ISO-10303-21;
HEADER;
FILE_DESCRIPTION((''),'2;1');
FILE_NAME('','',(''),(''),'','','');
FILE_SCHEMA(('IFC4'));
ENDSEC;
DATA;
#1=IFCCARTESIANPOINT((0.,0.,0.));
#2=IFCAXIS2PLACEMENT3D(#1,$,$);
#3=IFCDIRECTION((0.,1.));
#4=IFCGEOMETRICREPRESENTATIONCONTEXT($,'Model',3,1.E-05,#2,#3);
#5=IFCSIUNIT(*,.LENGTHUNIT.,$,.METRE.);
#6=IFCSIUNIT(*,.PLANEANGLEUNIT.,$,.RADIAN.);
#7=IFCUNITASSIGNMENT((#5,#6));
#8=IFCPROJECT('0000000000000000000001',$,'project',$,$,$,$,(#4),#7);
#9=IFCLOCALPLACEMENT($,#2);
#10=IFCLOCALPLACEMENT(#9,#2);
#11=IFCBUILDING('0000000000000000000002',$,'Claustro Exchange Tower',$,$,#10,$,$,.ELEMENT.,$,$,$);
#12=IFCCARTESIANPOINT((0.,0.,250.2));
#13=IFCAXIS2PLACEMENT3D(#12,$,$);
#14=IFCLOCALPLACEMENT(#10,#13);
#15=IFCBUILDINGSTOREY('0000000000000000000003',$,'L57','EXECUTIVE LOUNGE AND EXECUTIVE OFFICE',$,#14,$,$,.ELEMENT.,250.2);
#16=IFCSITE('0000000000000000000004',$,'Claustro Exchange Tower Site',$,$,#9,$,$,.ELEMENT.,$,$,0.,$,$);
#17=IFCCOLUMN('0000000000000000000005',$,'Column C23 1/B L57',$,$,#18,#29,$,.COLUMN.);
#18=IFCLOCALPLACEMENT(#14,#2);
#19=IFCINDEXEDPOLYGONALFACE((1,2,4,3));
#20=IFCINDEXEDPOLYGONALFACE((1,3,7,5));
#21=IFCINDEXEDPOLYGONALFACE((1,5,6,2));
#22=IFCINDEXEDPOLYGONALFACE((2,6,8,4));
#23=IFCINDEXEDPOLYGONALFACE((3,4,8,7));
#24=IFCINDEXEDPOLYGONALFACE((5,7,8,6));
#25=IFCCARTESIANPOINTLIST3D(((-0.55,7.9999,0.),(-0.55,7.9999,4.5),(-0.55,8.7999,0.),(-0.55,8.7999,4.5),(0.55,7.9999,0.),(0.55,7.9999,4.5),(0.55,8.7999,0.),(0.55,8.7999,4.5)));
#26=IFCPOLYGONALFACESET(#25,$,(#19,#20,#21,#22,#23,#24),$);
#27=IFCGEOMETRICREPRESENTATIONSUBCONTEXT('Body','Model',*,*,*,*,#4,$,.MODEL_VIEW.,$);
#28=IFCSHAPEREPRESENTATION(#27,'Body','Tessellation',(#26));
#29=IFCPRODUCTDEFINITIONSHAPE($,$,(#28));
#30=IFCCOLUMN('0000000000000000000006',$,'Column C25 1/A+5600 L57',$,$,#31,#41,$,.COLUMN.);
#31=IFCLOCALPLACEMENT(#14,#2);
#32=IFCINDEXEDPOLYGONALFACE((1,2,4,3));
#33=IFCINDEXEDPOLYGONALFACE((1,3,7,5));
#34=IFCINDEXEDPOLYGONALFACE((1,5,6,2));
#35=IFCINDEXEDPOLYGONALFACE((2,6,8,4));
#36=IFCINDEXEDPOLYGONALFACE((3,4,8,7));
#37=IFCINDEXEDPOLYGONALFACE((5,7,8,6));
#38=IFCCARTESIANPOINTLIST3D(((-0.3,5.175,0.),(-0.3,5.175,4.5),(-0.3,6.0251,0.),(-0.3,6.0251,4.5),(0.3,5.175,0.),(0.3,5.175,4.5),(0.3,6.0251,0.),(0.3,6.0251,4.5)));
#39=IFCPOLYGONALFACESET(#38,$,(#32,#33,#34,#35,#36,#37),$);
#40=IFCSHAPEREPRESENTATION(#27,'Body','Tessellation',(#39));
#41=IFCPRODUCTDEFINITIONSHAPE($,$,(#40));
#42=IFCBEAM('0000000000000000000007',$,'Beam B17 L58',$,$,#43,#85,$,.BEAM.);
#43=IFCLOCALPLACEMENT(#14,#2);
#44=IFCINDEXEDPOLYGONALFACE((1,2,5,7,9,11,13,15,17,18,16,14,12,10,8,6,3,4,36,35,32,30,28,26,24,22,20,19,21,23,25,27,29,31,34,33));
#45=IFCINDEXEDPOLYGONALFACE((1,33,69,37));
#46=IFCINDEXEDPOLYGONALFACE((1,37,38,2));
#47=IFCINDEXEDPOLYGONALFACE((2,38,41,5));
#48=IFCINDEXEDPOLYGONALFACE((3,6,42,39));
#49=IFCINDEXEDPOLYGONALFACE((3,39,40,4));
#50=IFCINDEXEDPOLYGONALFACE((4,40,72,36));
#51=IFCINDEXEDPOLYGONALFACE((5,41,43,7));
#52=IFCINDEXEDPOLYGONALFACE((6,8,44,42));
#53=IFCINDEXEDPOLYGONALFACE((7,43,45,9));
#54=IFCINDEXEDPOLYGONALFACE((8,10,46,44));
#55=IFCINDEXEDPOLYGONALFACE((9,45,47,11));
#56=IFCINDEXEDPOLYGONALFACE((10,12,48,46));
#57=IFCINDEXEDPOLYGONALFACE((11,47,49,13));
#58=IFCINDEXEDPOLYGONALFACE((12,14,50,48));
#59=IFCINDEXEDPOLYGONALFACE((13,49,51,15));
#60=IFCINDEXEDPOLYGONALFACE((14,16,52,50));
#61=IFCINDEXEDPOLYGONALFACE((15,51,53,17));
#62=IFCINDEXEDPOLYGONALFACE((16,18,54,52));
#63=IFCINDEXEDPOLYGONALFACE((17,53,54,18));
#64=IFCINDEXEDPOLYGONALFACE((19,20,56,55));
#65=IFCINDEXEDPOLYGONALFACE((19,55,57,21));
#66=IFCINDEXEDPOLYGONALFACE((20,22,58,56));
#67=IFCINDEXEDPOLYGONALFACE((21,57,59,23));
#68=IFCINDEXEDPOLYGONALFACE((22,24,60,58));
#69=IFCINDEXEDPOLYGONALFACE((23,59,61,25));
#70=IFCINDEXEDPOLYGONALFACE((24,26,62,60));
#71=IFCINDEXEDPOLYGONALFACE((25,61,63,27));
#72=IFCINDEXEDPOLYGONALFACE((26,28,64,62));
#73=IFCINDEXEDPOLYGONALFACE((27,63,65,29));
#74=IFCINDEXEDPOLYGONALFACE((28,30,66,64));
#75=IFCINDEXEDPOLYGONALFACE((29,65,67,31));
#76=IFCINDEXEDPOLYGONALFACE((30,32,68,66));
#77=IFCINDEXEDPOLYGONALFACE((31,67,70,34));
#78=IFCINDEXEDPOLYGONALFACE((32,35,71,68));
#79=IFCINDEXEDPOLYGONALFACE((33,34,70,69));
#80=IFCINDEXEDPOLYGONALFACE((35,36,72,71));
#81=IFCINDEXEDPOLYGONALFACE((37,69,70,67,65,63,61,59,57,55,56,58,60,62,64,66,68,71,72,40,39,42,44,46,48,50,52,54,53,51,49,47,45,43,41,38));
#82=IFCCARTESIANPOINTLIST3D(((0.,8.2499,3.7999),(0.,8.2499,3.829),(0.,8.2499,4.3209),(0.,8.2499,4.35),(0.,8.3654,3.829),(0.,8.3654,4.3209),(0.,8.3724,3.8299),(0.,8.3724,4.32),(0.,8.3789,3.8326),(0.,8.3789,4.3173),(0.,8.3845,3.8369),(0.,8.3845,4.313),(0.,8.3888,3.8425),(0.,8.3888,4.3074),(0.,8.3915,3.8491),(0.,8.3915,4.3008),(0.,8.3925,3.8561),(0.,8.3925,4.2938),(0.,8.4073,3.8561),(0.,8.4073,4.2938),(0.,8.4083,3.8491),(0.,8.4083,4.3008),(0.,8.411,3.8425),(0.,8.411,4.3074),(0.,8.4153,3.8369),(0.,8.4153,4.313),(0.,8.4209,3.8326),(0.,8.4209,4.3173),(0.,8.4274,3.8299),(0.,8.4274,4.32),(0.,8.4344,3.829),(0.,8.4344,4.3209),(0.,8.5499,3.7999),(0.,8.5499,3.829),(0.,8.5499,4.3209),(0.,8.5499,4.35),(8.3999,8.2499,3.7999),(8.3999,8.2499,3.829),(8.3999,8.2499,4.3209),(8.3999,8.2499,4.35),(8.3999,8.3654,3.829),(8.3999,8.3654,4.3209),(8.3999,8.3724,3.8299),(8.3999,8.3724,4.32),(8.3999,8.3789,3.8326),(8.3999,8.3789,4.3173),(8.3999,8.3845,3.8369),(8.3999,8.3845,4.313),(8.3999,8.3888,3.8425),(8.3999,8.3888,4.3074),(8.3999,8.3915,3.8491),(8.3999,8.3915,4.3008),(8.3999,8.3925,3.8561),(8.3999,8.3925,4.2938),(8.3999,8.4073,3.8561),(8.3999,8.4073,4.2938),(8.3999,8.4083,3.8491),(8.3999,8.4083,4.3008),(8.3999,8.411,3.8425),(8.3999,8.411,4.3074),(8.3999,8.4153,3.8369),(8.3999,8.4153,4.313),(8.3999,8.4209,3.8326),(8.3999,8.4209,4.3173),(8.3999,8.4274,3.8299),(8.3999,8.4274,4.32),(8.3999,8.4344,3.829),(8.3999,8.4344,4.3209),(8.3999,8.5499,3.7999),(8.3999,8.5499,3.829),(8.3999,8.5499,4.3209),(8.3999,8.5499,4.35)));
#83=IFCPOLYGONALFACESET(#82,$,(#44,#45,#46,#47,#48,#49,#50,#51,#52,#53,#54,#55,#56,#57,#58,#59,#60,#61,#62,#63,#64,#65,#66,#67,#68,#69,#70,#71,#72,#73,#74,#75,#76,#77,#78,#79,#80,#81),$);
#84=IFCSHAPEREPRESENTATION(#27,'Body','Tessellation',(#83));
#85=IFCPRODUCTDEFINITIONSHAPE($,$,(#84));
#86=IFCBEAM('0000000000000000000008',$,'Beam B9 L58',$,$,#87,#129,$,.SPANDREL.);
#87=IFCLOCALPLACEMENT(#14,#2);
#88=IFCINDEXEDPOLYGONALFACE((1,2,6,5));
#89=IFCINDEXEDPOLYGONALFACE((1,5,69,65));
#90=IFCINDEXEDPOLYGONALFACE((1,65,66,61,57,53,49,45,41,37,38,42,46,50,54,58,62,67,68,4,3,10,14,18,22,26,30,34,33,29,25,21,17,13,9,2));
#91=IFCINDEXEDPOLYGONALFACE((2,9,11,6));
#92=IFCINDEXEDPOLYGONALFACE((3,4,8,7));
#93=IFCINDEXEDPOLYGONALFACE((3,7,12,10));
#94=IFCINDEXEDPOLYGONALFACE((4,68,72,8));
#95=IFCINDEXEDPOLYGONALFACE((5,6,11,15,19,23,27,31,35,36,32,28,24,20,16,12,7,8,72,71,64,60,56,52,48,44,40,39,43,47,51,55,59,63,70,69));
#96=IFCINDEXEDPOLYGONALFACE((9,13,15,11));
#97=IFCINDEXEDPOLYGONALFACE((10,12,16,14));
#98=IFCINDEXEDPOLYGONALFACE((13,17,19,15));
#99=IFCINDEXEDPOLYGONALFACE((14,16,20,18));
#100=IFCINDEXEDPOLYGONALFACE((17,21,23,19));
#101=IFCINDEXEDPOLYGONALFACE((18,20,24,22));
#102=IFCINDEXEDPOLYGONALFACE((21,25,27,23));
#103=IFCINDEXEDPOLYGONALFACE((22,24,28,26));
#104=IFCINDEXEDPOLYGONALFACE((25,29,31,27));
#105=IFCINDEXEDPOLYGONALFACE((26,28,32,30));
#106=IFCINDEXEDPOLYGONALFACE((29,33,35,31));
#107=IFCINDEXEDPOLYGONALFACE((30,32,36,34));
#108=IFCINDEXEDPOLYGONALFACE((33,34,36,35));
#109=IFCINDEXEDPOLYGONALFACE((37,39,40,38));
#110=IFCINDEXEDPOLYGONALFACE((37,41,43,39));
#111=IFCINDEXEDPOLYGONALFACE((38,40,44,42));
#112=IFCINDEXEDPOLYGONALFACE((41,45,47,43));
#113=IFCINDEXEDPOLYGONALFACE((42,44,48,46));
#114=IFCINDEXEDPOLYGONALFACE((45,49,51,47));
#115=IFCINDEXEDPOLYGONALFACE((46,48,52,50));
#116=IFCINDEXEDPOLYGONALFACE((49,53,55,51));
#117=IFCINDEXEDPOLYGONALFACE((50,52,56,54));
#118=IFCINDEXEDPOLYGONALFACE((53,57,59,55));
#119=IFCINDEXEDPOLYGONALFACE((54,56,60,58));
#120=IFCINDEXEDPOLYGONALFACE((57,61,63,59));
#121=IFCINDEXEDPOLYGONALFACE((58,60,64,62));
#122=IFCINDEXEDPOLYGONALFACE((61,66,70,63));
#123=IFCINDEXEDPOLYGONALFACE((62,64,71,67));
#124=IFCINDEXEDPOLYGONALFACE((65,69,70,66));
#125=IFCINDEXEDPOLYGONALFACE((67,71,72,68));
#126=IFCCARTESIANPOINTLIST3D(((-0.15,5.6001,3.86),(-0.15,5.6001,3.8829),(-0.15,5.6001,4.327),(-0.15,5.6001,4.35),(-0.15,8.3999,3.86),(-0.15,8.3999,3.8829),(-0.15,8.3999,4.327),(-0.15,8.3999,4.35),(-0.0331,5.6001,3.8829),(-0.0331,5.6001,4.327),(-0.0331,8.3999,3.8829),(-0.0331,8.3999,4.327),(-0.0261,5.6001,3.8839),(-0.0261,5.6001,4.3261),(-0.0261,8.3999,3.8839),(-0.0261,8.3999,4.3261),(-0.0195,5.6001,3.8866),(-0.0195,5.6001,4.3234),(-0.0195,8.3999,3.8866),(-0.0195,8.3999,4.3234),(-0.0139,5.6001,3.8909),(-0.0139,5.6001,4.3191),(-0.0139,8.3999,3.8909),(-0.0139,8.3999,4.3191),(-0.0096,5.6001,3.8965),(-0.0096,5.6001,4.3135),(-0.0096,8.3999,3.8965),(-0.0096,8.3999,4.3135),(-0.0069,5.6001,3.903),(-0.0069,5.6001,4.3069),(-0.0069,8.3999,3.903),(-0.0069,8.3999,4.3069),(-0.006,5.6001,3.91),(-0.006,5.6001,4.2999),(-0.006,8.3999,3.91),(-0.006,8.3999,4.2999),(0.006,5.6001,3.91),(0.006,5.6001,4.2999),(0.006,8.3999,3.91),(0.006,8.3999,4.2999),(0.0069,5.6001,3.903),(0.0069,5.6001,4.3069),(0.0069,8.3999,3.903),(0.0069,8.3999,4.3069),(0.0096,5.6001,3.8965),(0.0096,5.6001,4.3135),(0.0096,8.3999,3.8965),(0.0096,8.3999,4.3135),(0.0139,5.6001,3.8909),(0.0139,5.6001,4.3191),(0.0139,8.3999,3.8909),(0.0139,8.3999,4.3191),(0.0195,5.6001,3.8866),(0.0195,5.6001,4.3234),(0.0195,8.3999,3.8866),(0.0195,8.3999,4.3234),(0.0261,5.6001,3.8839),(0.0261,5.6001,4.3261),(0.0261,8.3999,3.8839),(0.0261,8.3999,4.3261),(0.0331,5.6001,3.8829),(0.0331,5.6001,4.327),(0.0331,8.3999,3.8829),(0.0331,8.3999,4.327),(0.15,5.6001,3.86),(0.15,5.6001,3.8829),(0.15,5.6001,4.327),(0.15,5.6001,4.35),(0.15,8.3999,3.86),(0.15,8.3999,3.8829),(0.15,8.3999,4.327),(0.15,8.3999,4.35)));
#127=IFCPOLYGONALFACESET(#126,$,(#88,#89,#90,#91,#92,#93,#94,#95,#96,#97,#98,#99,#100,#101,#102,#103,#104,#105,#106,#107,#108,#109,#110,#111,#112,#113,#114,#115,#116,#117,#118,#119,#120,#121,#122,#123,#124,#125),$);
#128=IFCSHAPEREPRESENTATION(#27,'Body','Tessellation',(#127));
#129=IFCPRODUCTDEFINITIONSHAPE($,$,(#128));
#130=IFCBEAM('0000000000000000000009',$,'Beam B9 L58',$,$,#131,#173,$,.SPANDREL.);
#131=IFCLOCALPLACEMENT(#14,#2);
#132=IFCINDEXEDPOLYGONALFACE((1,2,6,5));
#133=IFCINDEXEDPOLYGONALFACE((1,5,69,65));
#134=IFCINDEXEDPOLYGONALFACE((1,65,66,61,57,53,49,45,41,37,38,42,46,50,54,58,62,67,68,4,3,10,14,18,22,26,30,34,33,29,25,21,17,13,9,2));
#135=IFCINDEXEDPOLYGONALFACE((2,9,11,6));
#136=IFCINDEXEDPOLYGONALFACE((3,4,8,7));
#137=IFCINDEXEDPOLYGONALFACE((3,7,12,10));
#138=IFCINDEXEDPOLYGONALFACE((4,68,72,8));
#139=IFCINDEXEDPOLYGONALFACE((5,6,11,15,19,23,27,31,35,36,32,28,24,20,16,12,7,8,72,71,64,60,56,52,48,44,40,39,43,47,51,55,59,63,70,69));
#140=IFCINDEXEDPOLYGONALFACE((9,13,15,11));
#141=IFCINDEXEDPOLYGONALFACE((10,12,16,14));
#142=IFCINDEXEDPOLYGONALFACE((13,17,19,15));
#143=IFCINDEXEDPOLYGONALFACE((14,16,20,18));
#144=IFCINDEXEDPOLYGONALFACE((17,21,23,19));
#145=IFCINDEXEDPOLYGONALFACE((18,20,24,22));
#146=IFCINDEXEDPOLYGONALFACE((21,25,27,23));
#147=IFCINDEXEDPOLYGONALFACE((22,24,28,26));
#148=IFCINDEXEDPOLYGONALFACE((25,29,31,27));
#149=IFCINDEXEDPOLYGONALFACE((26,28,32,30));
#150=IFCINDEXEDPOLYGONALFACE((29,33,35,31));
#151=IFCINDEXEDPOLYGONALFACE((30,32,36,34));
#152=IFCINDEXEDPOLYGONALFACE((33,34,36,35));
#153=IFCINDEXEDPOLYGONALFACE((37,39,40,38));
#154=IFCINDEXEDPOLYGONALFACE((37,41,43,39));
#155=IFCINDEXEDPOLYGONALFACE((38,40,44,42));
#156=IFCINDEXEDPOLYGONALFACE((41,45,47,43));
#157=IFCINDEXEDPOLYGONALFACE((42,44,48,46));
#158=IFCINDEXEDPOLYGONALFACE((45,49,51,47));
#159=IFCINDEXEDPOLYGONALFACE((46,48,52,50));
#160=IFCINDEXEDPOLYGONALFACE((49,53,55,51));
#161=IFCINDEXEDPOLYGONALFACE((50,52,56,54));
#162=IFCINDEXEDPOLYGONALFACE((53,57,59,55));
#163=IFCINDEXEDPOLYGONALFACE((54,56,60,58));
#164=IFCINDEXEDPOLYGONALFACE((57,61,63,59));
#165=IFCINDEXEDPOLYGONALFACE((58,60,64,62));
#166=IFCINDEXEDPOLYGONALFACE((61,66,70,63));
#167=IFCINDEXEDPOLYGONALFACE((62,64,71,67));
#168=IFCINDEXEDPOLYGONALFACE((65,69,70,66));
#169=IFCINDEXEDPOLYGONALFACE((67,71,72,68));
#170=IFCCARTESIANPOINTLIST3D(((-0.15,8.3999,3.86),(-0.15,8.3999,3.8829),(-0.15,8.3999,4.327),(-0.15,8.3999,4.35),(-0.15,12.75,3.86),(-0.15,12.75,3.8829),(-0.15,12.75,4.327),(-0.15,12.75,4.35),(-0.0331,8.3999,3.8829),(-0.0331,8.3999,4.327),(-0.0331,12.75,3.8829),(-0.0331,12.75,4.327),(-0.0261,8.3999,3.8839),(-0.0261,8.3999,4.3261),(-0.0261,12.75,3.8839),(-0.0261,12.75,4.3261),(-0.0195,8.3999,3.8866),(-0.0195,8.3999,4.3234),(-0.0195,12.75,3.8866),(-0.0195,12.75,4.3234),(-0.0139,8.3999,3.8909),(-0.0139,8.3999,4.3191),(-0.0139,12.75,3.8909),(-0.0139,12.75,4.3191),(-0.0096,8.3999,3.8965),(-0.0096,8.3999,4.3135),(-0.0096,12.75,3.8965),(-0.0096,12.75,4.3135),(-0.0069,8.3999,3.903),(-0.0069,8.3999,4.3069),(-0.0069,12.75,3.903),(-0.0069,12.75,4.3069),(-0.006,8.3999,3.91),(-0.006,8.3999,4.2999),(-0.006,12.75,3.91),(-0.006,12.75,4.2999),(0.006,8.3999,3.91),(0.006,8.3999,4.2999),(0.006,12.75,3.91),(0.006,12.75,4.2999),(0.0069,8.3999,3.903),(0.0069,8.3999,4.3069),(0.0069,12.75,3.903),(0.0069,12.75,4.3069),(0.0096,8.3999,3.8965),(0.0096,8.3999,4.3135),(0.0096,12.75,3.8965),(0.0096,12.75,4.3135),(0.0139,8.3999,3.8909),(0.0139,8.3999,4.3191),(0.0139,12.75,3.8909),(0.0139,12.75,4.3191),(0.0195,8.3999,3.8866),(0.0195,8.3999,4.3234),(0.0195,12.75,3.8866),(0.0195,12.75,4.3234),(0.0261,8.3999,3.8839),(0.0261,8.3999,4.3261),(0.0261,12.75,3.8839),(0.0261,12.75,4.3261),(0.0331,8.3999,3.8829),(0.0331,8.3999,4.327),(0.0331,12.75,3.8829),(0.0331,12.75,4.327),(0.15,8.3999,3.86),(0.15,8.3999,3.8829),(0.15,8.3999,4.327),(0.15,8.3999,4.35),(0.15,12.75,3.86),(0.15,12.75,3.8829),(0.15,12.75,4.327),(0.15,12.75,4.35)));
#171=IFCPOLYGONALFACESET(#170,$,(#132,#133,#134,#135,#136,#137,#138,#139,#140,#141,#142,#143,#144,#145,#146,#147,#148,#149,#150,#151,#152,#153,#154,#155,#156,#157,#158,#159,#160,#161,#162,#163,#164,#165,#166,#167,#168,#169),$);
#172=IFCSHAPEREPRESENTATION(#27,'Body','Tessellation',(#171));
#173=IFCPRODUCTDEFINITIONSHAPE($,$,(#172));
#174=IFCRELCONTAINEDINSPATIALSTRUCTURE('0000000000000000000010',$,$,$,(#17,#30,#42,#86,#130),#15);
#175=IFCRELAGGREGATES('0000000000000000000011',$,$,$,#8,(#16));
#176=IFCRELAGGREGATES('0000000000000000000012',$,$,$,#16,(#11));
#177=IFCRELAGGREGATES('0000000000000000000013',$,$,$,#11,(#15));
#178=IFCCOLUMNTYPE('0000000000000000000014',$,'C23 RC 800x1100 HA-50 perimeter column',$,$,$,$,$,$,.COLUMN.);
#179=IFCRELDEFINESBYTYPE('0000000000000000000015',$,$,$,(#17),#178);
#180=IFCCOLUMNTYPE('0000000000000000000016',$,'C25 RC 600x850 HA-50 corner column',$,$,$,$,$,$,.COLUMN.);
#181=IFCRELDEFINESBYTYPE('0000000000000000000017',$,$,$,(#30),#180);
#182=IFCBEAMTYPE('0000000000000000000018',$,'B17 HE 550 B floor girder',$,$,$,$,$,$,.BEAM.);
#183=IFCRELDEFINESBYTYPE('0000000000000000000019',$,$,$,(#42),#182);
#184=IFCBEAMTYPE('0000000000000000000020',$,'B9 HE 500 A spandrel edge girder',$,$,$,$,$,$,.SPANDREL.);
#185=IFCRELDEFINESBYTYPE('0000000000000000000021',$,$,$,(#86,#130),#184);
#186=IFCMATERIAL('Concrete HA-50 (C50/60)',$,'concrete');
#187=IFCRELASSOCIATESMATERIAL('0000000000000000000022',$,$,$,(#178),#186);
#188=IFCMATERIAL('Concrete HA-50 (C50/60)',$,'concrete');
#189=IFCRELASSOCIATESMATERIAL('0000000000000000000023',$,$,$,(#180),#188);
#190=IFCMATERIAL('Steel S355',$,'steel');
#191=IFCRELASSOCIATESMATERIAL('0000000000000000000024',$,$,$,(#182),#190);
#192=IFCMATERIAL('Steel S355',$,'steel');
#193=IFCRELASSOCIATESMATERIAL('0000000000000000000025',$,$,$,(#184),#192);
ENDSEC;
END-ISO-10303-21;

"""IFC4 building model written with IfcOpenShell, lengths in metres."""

from ifc_helpers import new_model, si_unit, direction, frame, origin, origin_2d, place, context, subcontext, project, spatial, rectangle, i_section, extrude, material, material_profile, profile_set, type_object, element, save


model = new_model("IFC4")

# Units and contexts
model_context = context("Model", 3, precision=1e-05, world=origin(), true_north=direction((0.0, 1.0)))
body_context = subcontext(model_context, "Body", "Model", "MODEL_VIEW")
ifc_project = project(units=[si_unit("LENGTHUNIT", "METRE"), si_unit("PLANEANGLEUNIT", "RADIAN")], contexts=[model_context])

# Site, building, storey
site_placement = place(None, origin())
site = spatial("IfcSite", under=ifc_project, at=site_placement, Name="Claustro Exchange Tower Site", CompositionType="ELEMENT", RefElevation=0.0)
building_placement = place(site_placement, origin())
building = spatial("IfcBuilding", under=site, at=building_placement, Name="Claustro Exchange Tower", CompositionType="ELEMENT")
storey_placement = place(building_placement, frame((0.0, 0.0, 250.2)))
storey = spatial("IfcBuildingStorey", under=building, at=storey_placement, Name="L57", Description="EXECUTIVE LOUNGE AND EXECUTIVE OFFICE", CompositionType="ELEMENT", Elevation=250.2)

# Columns
ifc_material_1 = material(Name="Concrete HA-50 (C50/60)", Category="concrete")
ifc_material_profile_1 = material_profile(ifc_material_1, rectangle(XDim=0.8, YDim=1.1001, at=origin_2d()), Name="RC 800x1100")
ifc_profile_set_1 = profile_set([ifc_material_profile_1], Name="Concrete HA-50 (C50/60)")
column_type_1 = type_object("IfcColumnType", Name="C23 RC 800x1100 HA-50 perimeter column", PredefinedType="COLUMN", material=ifc_profile_set_1)
column_1_placement = place(storey_placement, frame((0.0, 8.3999, 0.0), z_axis=(0.0, 0.0, 1.0), x_axis=(0.0, 1.0, 0.0)))
element("IfcColumn", 1, at=column_1_placement, inside=storey, type_object=column_type_1, Name="Column C23 1/B L57", PredefinedType="COLUMN", context=body_context, shape_type="SweptSolid", body=[
    extrude(rectangle(XDim=0.8, YDim=1.1001, at=origin_2d()), origin(), (0.0, 0.0, 1.0), 4.5),
])
ifc_material_2 = material(Name="Concrete HA-50 (C50/60)", Category="concrete")
ifc_material_profile_2 = material_profile(ifc_material_2, rectangle(XDim=0.6001, YDim=0.8501, at=origin_2d()), Name="RC 600x850")
ifc_profile_set_2 = profile_set([ifc_material_profile_2], Name="Concrete HA-50 (C50/60)")
column_type_2 = type_object("IfcColumnType", Name="C25 RC 600x850 HA-50 corner column", PredefinedType="COLUMN", material=ifc_profile_set_2)
column_2_placement = place(storey_placement, frame((0.0, 5.6001, 0.0), z_axis=(0.0, 0.0, 1.0), x_axis=(1.0, 0.0, 0.0)))
element("IfcColumn", 2, at=column_2_placement, inside=storey, type_object=column_type_2, Name="Column C25 1/A+5600 L57", PredefinedType="COLUMN", context=body_context, shape_type="SweptSolid", body=[
    extrude(rectangle(XDim=0.6001, YDim=0.8501, at=origin_2d()), origin(), (0.0, 0.0, 1.0), 4.5),
])

# Beams
ifc_material_3 = material(Name="Steel S355", Category="steel")
ifc_material_profile_3 = material_profile(ifc_material_3, i_section(OverallWidth=0.3, OverallDepth=0.55, WebThickness=0.0149, FlangeThickness=0.0291, FilletRadius=0.0271, at=origin_2d()), Name="HE 550 B")
ifc_profile_set_3 = profile_set([ifc_material_profile_3], Name="Steel S355")
beam_type_1 = type_object("IfcBeamType", Name="B17 HE 550 B floor girder", PredefinedType="BEAM", material=ifc_profile_set_3)
beam_1_placement = place(storey_placement, frame((0.0, 8.3999, 4.075), z_axis=(1.0, 0.0, 0.0), x_axis=(0.0, 1.0, 0.0)))
element("IfcBeam", 3, at=beam_1_placement, inside=storey, type_object=beam_type_1, Name="Beam B17 L58", PredefinedType="BEAM", context=body_context, shape_type="SweptSolid", body=[
    extrude(i_section(OverallWidth=0.3, OverallDepth=0.55, WebThickness=0.0149, FlangeThickness=0.0291, FilletRadius=0.0271, at=origin_2d()), origin(), (0.0, 0.0, 1.0), 8.3999),
])
ifc_material_4 = material(Name="Steel S355", Category="steel")
ifc_material_profile_4 = material_profile(ifc_material_4, i_section(OverallWidth=0.3, OverallDepth=0.49, WebThickness=0.012, FlangeThickness=0.0229, FilletRadius=0.0271, at=origin_2d()), Name="HE 500 A")
ifc_profile_set_4 = profile_set([ifc_material_profile_4], Name="Steel S355")
beam_type_2 = type_object("IfcBeamType", Name="B9 HE 500 A spandrel edge girder", PredefinedType="SPANDREL", material=ifc_profile_set_4)
beam_2_placement = place(storey_placement, frame((0.0, 5.6001, 4.105), z_axis=(0.0, 1.0, 0.0), x_axis=(-1.0, 0.0, 0.0)))
element("IfcBeam", 4, at=beam_2_placement, inside=storey, type_object=beam_type_2, Name="Beam B9 L58", PredefinedType="SPANDREL", context=body_context, shape_type="SweptSolid", body=[
    extrude(i_section(OverallWidth=0.3, OverallDepth=0.49, WebThickness=0.012, FlangeThickness=0.0229, FilletRadius=0.0271, at=origin_2d()), origin(), (0.0, 0.0, 1.0), 2.7998),
])
beam_3_placement = place(storey_placement, frame((0.0, 8.3999, 4.105), z_axis=(0.0, 1.0, 0.0), x_axis=(-1.0, 0.0, 0.0)))
element("IfcBeam", 5, at=beam_3_placement, inside=storey, type_object=beam_type_2, Name="Beam B9 L58", PredefinedType="SPANDREL", context=body_context, shape_type="SweptSolid", body=[
    extrude(i_section(OverallWidth=0.3, OverallDepth=0.49, WebThickness=0.012, FlangeThickness=0.0229, FilletRadius=0.0271, at=origin_2d()), origin(), (0.0, 0.0, 1.0), 4.3501),
])

save(model, "model.ifc")
